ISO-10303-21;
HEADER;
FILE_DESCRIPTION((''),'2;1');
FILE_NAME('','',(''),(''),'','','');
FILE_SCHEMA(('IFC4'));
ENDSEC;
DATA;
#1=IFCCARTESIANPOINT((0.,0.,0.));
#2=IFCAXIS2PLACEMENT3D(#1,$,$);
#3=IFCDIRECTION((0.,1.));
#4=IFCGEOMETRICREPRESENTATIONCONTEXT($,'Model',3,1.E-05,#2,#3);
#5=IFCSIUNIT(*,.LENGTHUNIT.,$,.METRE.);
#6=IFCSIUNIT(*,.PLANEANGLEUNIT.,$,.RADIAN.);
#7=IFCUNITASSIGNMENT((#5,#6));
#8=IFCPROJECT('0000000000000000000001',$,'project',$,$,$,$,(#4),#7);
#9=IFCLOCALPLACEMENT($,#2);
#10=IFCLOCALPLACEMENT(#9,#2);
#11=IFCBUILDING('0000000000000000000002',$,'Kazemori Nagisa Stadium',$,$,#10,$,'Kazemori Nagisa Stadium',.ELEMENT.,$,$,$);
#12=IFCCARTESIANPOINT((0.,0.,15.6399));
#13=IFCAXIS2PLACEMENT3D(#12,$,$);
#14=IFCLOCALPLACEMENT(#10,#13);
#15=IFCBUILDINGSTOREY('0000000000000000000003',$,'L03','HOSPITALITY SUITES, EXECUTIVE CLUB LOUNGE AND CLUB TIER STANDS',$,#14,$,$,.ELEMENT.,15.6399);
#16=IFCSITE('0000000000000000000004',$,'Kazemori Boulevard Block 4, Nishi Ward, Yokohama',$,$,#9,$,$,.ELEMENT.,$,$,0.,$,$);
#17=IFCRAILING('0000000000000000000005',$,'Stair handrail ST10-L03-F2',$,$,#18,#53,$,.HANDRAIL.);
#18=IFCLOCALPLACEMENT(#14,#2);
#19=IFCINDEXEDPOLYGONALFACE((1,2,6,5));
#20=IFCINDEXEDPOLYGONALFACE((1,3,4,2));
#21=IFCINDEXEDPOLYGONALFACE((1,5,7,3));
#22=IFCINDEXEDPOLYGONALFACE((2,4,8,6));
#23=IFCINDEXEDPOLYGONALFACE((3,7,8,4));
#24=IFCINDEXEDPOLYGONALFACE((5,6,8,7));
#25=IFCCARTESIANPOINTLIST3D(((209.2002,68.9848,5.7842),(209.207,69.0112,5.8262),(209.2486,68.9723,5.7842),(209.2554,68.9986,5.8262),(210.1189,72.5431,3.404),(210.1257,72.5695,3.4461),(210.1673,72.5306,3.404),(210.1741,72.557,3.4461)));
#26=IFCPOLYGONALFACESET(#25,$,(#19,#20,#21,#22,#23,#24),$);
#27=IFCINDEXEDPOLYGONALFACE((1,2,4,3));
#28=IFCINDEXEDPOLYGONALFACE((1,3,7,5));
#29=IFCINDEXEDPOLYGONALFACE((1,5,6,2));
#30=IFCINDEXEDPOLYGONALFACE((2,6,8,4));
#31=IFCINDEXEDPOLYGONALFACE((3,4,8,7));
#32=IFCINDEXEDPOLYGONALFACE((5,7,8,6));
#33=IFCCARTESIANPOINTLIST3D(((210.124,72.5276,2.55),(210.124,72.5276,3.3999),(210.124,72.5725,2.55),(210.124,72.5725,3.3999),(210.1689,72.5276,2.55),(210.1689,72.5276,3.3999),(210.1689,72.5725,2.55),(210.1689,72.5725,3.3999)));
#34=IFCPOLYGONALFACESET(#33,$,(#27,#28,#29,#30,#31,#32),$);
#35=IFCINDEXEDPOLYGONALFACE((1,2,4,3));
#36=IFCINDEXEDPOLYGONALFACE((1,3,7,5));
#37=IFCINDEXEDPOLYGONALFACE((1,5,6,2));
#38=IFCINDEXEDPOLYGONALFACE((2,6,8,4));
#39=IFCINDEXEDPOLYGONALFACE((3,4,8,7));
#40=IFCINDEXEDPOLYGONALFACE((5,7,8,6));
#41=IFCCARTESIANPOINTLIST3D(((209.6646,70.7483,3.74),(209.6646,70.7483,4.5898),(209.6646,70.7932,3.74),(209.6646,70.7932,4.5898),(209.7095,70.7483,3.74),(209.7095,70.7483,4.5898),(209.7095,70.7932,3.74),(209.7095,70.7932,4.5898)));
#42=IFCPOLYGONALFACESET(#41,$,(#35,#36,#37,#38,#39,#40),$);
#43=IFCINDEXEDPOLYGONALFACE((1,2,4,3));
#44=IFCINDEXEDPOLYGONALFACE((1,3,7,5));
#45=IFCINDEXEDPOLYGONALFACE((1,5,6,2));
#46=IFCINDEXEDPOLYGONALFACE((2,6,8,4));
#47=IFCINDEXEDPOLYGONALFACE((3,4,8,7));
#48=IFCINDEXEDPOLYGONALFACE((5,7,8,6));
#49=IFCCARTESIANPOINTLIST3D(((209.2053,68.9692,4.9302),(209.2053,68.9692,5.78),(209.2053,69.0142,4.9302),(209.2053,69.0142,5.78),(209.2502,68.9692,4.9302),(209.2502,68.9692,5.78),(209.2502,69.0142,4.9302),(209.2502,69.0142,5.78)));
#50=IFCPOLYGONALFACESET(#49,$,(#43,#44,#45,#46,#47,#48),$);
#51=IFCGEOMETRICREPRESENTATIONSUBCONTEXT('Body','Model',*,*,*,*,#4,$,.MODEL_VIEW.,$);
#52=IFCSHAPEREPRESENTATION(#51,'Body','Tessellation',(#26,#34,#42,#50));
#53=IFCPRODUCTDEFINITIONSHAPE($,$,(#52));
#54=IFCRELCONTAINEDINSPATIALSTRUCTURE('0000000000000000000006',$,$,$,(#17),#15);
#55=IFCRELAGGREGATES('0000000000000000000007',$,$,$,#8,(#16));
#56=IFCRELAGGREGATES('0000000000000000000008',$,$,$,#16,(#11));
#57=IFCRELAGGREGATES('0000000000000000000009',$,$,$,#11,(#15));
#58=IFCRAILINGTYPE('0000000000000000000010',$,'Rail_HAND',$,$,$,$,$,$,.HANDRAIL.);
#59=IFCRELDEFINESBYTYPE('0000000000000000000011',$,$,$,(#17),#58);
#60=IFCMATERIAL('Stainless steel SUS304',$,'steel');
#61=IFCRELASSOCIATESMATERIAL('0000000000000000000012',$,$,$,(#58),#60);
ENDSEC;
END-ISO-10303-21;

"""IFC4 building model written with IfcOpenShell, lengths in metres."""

from ifc_helpers import new_model, si_unit, direction, frame, origin, origin_2d, place, context, subcontext, project, spatial, rectangle, extrude, material, type_object, element, save


model = new_model("IFC4")

# Units and contexts
model_context = context("Model", 3, precision=1e-05, world=origin(), true_north=direction((0.0, 1.0)))
body_context = subcontext(model_context, "Body", "Model", "MODEL_VIEW")
ifc_project = project(units=[si_unit("LENGTHUNIT", "METRE"), si_unit("PLANEANGLEUNIT", "RADIAN")], contexts=[model_context])

# Site, building, storey
site_placement = place(None, origin())
site = spatial("IfcSite", under=ifc_project, at=site_placement, Name="Kazemori Boulevard Block 4, Nishi Ward, Yokohama", CompositionType="ELEMENT", RefElevation=0.0)
building_placement = place(site_placement, origin())
building = spatial("IfcBuilding", under=site, at=building_placement, Name="Kazemori Nagisa Stadium", LongName="Kazemori Nagisa Stadium", CompositionType="ELEMENT")
storey_placement = place(building_placement, frame((0.0, 0.0, 15.6399)))
storey = spatial("IfcBuildingStorey", under=building, at=storey_placement, Name="L03", Description="HOSPITALITY SUITES, EXECUTIVE CLUB LOUNGE AND CLUB TIER STANDS", CompositionType="ELEMENT", Elevation=15.6399)

# Railing
ifc_material_1 = material(Name="Stainless steel SUS304", Category="steel")
railing_type = type_object("IfcRailingType", Name="Rail_HAND", PredefinedType="HANDRAIL", material=ifc_material_1)
railing_placement = place(storey_placement, frame((210.1465, 72.55, 2.55)))
element("IfcRailing", 1, at=railing_placement, inside=storey, type_object=railing_type, Name="Stair handrail ST10-L03-F2", PredefinedType="HANDRAIL", context=body_context, shape_type="SweptSolid", body=[
    extrude(rectangle(XDim=0.05, YDim=0.05, at=origin_2d()), frame((0.0, 0.0, 0.875), z_axis=(-0.209823, -0.812695, 0.5436), x_axis=(0.96825, -0.249985, 0.0)), (0.0, 0.0, 1.0), 4.3784),
    extrude(rectangle(XDim=0.0449, YDim=0.0449, at=origin_2d()), origin(), (0.0, 0.0, 1.0), 0.8499),
    extrude(rectangle(XDim=0.0449, YDim=0.0449, at=origin_2d()), frame((-0.4595, -1.7793, 1.1899)), (0.0, 0.0, 1.0), 0.8499),
    extrude(rectangle(XDim=0.0449, YDim=0.0449, at=origin_2d()), frame((-0.9187, -3.5583, 2.3801)), (0.0, 0.0, 1.0), 0.8499),
])

save(model, "model.ifc")
